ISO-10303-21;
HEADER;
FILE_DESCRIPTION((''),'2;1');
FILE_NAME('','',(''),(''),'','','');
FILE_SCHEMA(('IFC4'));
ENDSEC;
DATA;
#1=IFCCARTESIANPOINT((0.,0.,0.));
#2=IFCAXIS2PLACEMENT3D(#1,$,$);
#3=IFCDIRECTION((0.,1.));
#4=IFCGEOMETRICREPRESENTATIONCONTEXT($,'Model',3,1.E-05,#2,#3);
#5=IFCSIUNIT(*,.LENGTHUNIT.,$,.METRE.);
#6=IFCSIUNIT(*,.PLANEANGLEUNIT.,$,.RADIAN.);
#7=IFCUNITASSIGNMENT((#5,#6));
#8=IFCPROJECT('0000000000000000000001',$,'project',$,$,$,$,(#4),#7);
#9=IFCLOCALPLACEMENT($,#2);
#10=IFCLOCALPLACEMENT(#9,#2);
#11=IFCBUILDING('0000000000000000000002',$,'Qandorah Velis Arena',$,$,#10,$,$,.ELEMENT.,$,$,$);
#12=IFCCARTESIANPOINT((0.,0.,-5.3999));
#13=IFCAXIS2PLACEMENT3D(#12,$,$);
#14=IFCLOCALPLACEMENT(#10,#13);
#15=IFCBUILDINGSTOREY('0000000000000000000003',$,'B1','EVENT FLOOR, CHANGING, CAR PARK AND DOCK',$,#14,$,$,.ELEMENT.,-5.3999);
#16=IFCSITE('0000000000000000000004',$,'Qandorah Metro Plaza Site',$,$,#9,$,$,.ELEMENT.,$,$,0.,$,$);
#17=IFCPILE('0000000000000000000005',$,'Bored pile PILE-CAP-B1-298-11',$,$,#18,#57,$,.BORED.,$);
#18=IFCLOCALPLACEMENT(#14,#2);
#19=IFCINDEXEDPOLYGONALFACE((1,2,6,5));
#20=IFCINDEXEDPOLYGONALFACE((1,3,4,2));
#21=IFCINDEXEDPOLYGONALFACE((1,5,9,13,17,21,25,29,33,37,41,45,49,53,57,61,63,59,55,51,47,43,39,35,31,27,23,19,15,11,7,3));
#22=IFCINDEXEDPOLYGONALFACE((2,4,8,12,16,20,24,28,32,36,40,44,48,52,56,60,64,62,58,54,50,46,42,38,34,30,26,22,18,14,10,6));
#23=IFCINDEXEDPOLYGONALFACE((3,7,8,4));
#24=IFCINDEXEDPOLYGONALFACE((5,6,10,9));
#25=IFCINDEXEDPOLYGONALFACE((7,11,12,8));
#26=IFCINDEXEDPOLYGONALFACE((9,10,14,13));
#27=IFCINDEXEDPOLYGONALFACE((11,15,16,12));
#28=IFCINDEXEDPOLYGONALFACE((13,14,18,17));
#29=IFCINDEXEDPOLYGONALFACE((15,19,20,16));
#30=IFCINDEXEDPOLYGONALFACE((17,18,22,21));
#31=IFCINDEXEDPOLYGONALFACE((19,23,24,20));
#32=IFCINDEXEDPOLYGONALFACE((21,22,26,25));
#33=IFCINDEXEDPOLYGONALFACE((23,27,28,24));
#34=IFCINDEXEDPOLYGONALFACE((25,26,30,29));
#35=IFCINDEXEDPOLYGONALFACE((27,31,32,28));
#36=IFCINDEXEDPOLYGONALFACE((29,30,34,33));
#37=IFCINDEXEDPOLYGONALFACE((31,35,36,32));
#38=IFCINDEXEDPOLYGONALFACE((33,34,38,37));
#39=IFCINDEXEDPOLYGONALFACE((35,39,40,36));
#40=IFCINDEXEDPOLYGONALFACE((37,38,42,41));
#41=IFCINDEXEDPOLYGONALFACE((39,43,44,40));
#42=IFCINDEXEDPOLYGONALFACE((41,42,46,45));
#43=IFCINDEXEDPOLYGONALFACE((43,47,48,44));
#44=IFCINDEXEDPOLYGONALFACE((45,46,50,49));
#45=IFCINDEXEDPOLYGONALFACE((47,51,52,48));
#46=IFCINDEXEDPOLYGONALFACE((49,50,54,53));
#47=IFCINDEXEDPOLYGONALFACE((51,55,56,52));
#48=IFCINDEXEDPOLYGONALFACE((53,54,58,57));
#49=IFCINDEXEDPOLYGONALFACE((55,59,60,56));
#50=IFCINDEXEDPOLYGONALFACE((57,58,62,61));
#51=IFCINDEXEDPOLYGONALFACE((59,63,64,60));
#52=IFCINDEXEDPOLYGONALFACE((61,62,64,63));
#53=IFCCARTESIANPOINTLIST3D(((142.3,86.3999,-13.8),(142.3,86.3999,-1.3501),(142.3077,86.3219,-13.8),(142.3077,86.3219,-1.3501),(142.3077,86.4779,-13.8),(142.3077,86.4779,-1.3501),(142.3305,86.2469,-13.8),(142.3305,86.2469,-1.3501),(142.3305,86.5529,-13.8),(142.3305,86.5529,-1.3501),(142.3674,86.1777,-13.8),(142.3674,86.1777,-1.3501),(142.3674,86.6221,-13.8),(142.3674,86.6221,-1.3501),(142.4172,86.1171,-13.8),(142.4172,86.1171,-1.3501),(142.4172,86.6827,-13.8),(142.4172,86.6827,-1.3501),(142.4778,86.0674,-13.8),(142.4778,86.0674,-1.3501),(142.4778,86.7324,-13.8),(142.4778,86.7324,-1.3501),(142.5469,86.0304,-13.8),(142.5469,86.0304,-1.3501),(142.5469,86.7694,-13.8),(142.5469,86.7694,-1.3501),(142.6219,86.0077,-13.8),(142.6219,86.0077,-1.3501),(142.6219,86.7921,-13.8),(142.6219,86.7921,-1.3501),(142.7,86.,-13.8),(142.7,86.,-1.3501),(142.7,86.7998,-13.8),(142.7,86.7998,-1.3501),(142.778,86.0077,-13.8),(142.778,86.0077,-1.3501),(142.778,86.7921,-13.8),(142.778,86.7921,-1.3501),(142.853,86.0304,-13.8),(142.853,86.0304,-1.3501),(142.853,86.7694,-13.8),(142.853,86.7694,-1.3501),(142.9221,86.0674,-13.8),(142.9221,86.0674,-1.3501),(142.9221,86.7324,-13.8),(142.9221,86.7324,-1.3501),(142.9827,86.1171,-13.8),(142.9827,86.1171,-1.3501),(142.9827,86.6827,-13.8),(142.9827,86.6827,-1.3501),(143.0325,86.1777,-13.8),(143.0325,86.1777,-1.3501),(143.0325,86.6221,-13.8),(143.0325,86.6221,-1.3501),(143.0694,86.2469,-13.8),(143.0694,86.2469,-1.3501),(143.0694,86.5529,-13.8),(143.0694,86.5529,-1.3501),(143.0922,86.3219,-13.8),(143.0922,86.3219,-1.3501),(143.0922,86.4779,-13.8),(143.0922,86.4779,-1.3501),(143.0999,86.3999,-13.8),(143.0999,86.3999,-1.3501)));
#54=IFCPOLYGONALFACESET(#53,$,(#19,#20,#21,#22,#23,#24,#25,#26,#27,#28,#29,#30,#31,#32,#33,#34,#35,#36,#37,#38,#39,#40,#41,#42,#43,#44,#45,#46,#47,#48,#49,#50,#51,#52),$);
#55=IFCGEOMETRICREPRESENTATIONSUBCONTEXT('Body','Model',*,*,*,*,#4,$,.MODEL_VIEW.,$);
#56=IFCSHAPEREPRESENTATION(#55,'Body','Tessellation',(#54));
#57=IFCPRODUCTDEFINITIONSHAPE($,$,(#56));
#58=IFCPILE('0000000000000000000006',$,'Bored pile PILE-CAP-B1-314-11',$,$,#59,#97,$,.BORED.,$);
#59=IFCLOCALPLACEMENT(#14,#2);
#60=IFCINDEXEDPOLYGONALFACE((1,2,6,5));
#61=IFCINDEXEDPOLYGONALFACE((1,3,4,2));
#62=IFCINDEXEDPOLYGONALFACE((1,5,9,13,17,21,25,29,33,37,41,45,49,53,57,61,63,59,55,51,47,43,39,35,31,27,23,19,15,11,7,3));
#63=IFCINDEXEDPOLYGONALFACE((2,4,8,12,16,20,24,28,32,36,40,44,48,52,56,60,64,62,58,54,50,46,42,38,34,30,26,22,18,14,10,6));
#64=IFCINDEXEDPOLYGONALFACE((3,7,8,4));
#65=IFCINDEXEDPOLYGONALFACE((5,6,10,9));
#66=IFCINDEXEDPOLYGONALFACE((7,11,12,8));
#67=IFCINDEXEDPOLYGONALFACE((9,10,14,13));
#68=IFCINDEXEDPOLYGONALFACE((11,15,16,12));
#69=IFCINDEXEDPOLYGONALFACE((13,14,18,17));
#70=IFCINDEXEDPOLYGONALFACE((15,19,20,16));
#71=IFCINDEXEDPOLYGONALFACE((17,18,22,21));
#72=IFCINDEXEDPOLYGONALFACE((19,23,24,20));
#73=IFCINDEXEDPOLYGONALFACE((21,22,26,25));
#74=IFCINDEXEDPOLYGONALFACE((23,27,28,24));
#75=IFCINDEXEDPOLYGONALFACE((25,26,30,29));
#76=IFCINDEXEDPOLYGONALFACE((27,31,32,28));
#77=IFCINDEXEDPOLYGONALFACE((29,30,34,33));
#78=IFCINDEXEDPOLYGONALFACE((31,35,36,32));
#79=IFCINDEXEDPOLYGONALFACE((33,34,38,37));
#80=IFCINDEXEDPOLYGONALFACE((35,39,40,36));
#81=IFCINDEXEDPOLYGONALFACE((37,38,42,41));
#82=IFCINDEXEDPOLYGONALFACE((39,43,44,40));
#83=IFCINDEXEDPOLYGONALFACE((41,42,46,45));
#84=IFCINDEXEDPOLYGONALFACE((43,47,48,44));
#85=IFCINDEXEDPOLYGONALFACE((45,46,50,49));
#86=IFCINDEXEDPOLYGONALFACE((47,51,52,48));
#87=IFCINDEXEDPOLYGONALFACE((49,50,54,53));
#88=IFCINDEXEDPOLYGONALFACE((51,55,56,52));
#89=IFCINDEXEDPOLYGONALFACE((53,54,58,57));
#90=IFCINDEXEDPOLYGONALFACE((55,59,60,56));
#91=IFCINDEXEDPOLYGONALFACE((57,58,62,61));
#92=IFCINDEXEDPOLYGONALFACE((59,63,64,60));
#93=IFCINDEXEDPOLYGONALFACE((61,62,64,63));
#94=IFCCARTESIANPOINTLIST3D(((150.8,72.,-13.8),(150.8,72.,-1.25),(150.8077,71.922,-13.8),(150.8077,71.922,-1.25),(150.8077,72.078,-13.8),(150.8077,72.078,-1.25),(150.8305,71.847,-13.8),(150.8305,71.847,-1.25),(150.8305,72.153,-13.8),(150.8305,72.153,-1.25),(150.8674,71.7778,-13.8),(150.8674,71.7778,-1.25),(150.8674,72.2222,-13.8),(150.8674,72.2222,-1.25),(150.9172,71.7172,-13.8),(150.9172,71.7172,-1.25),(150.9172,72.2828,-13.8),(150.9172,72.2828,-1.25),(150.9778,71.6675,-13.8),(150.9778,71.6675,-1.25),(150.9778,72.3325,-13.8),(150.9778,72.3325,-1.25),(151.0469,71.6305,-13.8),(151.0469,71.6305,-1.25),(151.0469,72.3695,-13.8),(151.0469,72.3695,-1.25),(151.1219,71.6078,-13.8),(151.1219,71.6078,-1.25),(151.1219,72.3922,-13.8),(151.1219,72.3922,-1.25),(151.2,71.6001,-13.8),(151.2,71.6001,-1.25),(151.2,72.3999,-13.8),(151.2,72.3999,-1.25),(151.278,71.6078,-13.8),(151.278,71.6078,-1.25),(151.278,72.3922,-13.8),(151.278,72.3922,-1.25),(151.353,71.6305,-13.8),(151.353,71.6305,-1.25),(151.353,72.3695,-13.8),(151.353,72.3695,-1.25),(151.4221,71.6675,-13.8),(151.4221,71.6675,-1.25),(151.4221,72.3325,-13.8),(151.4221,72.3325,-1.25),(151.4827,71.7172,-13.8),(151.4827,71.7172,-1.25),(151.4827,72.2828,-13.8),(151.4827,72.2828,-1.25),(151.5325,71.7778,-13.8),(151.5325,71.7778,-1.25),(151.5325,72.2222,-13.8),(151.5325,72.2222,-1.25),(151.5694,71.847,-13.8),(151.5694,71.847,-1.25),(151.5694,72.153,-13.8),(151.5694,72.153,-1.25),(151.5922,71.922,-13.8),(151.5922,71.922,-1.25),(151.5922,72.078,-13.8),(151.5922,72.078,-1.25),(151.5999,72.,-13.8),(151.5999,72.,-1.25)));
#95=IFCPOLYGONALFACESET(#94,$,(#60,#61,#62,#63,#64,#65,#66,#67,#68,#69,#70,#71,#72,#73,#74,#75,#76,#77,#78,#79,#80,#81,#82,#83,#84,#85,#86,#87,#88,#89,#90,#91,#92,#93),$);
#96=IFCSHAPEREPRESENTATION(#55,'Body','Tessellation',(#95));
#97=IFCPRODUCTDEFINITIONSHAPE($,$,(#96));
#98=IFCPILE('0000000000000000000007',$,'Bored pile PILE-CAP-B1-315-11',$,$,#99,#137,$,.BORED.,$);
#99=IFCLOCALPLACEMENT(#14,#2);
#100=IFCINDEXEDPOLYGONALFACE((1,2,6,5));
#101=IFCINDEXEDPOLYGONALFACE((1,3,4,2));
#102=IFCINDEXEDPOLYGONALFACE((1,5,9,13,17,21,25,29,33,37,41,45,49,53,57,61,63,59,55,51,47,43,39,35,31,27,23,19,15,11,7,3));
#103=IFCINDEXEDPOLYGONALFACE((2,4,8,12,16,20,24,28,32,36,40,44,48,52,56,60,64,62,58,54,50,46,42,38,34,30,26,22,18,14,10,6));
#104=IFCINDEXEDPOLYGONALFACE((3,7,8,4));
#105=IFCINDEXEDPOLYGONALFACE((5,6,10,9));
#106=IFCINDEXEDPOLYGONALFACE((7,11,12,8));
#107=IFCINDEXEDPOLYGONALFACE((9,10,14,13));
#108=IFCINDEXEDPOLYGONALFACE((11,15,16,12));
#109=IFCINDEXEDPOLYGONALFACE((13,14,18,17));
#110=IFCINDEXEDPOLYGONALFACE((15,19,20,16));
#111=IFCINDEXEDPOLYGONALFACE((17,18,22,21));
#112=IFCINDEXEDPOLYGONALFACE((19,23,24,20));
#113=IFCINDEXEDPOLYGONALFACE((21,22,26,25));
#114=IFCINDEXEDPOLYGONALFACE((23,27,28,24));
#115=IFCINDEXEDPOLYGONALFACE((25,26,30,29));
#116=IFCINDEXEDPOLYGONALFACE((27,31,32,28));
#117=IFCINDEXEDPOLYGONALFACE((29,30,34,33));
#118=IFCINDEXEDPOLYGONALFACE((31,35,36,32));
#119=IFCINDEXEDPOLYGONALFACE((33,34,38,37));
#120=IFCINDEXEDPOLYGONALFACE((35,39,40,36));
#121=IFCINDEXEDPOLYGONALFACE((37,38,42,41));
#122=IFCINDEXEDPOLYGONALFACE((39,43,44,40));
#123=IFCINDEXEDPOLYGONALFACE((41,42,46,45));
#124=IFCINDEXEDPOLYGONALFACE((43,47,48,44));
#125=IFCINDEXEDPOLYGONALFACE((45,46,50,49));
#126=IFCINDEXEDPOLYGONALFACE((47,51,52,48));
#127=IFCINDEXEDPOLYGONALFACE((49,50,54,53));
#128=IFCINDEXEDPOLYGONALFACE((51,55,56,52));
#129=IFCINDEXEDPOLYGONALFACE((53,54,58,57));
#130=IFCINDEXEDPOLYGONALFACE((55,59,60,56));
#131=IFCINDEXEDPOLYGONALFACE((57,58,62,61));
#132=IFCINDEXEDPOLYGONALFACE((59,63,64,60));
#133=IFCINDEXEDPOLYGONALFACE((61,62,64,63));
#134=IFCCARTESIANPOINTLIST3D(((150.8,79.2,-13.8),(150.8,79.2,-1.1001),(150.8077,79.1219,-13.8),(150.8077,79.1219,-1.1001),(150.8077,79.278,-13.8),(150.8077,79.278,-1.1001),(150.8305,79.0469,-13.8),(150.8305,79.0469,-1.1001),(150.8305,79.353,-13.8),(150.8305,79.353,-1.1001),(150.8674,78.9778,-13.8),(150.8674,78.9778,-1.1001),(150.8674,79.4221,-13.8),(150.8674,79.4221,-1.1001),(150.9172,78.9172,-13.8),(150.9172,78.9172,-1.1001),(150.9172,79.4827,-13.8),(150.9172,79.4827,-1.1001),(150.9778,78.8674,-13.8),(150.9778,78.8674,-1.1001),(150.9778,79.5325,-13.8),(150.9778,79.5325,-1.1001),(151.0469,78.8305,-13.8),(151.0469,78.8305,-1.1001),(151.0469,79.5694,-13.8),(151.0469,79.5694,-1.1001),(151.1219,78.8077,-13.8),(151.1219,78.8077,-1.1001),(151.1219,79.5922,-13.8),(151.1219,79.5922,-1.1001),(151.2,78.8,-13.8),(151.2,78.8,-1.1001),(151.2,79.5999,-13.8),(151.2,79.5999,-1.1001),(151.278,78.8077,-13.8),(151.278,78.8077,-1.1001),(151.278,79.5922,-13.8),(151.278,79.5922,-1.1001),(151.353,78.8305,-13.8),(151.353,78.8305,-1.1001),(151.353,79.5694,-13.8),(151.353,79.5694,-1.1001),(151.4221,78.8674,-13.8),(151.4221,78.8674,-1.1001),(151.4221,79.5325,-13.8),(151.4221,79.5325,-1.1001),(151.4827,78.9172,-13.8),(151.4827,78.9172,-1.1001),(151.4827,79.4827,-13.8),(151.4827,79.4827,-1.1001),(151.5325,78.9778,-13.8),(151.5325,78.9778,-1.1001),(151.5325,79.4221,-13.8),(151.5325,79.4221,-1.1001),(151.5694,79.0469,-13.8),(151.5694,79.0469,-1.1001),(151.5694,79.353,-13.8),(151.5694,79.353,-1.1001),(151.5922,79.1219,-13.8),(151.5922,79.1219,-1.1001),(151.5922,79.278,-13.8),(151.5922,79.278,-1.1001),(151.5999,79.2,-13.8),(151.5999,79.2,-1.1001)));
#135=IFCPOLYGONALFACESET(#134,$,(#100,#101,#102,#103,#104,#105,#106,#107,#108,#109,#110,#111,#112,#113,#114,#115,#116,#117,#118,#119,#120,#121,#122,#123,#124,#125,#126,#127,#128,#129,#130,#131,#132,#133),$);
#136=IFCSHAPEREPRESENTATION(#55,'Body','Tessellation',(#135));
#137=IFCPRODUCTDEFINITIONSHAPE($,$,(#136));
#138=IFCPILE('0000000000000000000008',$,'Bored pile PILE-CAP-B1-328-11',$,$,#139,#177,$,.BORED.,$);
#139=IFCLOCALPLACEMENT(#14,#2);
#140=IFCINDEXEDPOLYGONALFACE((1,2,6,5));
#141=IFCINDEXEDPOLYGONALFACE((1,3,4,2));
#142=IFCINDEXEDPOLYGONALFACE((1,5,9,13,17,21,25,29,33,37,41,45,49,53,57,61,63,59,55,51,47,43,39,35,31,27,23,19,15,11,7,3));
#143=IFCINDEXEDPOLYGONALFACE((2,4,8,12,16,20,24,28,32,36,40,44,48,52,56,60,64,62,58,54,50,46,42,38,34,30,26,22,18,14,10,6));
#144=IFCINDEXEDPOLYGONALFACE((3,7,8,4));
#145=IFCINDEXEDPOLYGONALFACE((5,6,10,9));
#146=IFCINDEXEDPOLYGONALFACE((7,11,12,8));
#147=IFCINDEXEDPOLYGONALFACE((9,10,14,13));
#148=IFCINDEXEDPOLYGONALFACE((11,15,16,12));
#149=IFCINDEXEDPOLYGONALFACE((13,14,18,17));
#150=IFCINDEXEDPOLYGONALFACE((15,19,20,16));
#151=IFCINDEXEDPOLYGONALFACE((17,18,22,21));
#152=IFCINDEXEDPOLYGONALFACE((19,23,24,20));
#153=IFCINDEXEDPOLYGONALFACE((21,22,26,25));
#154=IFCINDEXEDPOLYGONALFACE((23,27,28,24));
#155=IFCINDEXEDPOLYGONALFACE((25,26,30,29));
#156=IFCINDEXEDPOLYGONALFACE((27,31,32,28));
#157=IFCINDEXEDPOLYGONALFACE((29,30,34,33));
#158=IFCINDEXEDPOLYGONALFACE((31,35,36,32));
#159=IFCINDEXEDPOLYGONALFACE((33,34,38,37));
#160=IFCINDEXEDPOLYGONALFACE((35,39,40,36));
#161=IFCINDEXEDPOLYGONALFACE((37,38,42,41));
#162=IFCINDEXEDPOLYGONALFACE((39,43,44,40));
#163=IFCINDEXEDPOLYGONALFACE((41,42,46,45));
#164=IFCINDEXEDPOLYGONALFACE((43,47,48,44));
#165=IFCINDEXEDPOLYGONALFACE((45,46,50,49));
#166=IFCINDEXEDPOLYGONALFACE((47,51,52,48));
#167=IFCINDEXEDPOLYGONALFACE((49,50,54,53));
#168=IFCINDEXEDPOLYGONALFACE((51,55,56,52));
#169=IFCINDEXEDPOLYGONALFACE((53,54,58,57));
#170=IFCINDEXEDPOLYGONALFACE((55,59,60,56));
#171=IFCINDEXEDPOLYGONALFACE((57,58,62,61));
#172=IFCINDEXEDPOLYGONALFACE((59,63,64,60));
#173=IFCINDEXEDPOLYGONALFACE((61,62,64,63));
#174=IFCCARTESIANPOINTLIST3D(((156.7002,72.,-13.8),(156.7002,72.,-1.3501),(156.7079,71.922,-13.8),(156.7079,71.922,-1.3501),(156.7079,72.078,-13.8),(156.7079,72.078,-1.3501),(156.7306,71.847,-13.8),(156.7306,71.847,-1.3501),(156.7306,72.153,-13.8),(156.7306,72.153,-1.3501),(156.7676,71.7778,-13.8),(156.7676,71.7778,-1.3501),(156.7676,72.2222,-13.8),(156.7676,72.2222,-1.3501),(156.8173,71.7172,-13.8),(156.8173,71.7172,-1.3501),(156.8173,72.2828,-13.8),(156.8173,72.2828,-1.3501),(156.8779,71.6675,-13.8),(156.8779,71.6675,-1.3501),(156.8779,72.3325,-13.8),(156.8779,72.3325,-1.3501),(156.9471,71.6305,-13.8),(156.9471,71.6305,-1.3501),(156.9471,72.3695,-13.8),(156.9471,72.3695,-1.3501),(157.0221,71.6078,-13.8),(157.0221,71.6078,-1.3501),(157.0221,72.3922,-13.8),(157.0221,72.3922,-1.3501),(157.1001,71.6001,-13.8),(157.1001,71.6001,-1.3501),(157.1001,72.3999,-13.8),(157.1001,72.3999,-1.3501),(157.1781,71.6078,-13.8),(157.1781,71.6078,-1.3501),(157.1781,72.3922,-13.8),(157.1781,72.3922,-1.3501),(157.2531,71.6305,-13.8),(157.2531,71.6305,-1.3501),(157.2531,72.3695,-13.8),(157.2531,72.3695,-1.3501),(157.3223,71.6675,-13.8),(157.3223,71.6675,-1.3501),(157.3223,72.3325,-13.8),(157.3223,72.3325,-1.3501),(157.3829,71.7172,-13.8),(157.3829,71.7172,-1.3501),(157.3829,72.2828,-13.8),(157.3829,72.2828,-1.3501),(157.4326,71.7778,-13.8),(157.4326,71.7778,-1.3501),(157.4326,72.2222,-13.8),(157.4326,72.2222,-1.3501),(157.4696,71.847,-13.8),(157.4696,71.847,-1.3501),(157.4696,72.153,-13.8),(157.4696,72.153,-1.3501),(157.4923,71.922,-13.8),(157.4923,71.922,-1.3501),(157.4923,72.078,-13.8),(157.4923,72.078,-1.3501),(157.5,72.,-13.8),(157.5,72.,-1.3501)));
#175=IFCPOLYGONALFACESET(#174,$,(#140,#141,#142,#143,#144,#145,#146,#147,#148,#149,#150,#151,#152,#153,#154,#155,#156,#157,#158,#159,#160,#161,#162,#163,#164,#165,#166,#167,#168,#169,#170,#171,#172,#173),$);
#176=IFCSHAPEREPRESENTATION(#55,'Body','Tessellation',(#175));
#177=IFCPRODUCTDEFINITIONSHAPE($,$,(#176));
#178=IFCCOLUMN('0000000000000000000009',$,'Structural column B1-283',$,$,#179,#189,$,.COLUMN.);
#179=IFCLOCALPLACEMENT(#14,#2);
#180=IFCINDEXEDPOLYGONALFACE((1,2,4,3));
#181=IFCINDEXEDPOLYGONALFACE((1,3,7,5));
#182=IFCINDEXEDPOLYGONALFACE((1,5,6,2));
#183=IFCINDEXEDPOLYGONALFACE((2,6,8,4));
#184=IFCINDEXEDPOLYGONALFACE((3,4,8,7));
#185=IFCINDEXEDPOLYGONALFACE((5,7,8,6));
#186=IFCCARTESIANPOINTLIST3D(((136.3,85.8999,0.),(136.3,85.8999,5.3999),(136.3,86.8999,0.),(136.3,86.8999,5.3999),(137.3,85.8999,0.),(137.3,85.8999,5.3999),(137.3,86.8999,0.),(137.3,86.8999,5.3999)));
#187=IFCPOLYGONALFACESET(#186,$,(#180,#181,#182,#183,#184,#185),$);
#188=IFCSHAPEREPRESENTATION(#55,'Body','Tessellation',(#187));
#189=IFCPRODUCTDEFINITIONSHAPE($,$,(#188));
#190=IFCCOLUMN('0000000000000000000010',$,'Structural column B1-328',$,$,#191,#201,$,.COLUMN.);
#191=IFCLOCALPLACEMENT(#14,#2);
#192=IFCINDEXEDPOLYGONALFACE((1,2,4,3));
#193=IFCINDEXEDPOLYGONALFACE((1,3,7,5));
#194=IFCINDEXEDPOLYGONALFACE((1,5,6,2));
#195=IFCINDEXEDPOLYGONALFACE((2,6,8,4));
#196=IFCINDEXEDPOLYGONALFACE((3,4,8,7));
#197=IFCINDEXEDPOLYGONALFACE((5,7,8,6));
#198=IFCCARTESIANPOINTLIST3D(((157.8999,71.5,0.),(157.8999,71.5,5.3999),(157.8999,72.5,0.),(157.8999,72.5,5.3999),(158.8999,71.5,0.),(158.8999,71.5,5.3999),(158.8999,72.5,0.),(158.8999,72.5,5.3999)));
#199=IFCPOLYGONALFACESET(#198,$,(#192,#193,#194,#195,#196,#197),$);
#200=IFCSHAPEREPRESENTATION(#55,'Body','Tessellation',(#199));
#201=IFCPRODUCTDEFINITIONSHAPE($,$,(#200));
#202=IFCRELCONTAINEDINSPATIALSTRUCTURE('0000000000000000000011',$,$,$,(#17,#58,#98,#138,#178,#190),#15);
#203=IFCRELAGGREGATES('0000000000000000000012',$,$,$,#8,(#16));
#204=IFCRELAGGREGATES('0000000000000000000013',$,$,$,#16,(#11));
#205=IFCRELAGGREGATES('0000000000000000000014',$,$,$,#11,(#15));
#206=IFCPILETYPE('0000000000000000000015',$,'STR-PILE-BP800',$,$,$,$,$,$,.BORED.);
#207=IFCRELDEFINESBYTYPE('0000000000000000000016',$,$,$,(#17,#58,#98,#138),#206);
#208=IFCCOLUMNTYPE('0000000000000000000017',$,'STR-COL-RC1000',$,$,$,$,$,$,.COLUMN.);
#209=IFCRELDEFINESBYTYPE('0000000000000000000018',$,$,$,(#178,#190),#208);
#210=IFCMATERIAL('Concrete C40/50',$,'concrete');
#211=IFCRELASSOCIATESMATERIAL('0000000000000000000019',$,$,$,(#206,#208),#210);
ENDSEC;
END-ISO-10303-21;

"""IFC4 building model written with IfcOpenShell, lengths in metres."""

from ifc_helpers import new_model, si_unit, direction, frame, origin, origin_2d, place, context, subcontext, project, spatial, rectangle, circle, extrude, material, material_profile, profile_set, type_object, element, save


model = new_model("IFC4")

# Units and contexts
model_context = context("Model", 3, precision=1e-05, world=origin(), true_north=direction((0.0, 1.0)))
body_context = subcontext(model_context, "Body", "Model", "MODEL_VIEW")
ifc_project = project(units=[si_unit("LENGTHUNIT", "METRE"), si_unit("PLANEANGLEUNIT", "RADIAN")], contexts=[model_context])

# Site, building, storey
site_placement = place(None, origin())
site = spatial("IfcSite", under=ifc_project, at=site_placement, Name="Qandorah Metro Plaza Site", CompositionType="ELEMENT", RefElevation=0.0)
building_placement = place(site_placement, origin())
building = spatial("IfcBuilding", under=site, at=building_placement, Name="Qandorah Velis Arena", CompositionType="ELEMENT")
storey_placement = place(building_placement, frame((0.0, 0.0, -5.3999)))
storey = spatial("IfcBuildingStorey", under=building, at=storey_placement, Name="B1", Description="EVENT FLOOR, CHANGING, CAR PARK AND DOCK", CompositionType="ELEMENT", Elevation=-5.3999)

# Shared definitions
ifc_material_1 = material(Name="Concrete C40/50", Category="concrete")

# Piles
ifc_material_profile_1 = material_profile(ifc_material_1, circle(Radius=0.3999, at=origin_2d()), Name="BORED PILE D800")
ifc_profile_set_1 = profile_set([ifc_material_profile_1], Name="Concrete C40/50")
pile_type_1 = type_object("IfcPileType", Name="STR-PILE-BP800", PredefinedType="BORED", material=ifc_profile_set_1)
pile_1_placement = place(storey_placement, frame((142.7, 86.3999, -1.3501), z_axis=(0.0, 0.0, -1.0), x_axis=(1.0, 0.0, 0.0)))
element("IfcPile", 1, at=pile_1_placement, inside=storey, type_object=pile_type_1, Name="Bored pile PILE-CAP-B1-298-11", PredefinedType="BORED", context=body_context, shape_type="SweptSolid", body=[
    extrude(circle(Radius=0.3999, at=origin_2d()), origin(), (0.0, 0.0, 1.0), 12.45),
])
pile_2_placement = place(storey_placement, frame((151.2, 72.0, -1.25), z_axis=(0.0, 0.0, -1.0), x_axis=(1.0, 0.0, 0.0)))
element("IfcPile", 2, at=pile_2_placement, inside=storey, type_object=pile_type_1, Name="Bored pile PILE-CAP-B1-314-11", PredefinedType="BORED", context=body_context, shape_type="SweptSolid", body=[
    extrude(circle(Radius=0.3999, at=origin_2d()), origin(), (0.0, 0.0, 1.0), 12.55),
])
pile_3_placement = place(storey_placement, frame((151.2, 79.2, -1.1001), z_axis=(0.0, 0.0, -1.0), x_axis=(1.0, 0.0, 0.0)))
element("IfcPile", 3, at=pile_3_placement, inside=storey, type_object=pile_type_1, Name="Bored pile PILE-CAP-B1-315-11", PredefinedType="BORED", context=body_context, shape_type="SweptSolid", body=[
    extrude(circle(Radius=0.3999, at=origin_2d()), origin(), (0.0, 0.0, 1.0), 12.7),
])
pile_4_placement = place(storey_placement, frame((157.1001, 72.0, -1.3501), z_axis=(0.0, 0.0, -1.0), x_axis=(1.0, 0.0, 0.0)))
element("IfcPile", 4, at=pile_4_placement, inside=storey, type_object=pile_type_1, Name="Bored pile PILE-CAP-B1-328-11", PredefinedType="BORED", context=body_context, shape_type="SweptSolid", body=[
    extrude(circle(Radius=0.3999, at=origin_2d()), origin(), (0.0, 0.0, 1.0), 12.45),
])

# Columns
ifc_material_profile_2 = material_profile(ifc_material_1, rectangle(XDim=1.0, YDim=1.0, at=origin_2d()), Name="RC COL 1000x1000")
ifc_profile_set_2 = profile_set([ifc_material_profile_2], Name="Concrete C40/50")
column_type_1 = type_object("IfcColumnType", Name="STR-COL-RC1000", PredefinedType="COLUMN", material=ifc_profile_set_2)
for number, where, z_axis, x_axis, name in (
    (5, (136.8, 86.3999, 0.0), (0.0, 0.0, 1.0), (1.0, 0.0, 0.0), "Structural column B1-283"),
    (6, (158.3999, 72.0, 0.0), (0.0, 0.0, 1.0), (1.0, 0.0, 0.0), "Structural column B1-328"),
):
    element("IfcColumn", number, at=place(storey_placement, frame(where, z_axis=z_axis, x_axis=x_axis)), inside=storey, type_object=column_type_1, Name=name, PredefinedType="COLUMN", context=body_context, shape_type="SweptSolid", body=[
        extrude(rectangle(XDim=1.0, YDim=1.0, at=origin_2d()), origin(), (0.0, 0.0, 1.0), 5.3999),
    ])

save(model, "model.ifc")
